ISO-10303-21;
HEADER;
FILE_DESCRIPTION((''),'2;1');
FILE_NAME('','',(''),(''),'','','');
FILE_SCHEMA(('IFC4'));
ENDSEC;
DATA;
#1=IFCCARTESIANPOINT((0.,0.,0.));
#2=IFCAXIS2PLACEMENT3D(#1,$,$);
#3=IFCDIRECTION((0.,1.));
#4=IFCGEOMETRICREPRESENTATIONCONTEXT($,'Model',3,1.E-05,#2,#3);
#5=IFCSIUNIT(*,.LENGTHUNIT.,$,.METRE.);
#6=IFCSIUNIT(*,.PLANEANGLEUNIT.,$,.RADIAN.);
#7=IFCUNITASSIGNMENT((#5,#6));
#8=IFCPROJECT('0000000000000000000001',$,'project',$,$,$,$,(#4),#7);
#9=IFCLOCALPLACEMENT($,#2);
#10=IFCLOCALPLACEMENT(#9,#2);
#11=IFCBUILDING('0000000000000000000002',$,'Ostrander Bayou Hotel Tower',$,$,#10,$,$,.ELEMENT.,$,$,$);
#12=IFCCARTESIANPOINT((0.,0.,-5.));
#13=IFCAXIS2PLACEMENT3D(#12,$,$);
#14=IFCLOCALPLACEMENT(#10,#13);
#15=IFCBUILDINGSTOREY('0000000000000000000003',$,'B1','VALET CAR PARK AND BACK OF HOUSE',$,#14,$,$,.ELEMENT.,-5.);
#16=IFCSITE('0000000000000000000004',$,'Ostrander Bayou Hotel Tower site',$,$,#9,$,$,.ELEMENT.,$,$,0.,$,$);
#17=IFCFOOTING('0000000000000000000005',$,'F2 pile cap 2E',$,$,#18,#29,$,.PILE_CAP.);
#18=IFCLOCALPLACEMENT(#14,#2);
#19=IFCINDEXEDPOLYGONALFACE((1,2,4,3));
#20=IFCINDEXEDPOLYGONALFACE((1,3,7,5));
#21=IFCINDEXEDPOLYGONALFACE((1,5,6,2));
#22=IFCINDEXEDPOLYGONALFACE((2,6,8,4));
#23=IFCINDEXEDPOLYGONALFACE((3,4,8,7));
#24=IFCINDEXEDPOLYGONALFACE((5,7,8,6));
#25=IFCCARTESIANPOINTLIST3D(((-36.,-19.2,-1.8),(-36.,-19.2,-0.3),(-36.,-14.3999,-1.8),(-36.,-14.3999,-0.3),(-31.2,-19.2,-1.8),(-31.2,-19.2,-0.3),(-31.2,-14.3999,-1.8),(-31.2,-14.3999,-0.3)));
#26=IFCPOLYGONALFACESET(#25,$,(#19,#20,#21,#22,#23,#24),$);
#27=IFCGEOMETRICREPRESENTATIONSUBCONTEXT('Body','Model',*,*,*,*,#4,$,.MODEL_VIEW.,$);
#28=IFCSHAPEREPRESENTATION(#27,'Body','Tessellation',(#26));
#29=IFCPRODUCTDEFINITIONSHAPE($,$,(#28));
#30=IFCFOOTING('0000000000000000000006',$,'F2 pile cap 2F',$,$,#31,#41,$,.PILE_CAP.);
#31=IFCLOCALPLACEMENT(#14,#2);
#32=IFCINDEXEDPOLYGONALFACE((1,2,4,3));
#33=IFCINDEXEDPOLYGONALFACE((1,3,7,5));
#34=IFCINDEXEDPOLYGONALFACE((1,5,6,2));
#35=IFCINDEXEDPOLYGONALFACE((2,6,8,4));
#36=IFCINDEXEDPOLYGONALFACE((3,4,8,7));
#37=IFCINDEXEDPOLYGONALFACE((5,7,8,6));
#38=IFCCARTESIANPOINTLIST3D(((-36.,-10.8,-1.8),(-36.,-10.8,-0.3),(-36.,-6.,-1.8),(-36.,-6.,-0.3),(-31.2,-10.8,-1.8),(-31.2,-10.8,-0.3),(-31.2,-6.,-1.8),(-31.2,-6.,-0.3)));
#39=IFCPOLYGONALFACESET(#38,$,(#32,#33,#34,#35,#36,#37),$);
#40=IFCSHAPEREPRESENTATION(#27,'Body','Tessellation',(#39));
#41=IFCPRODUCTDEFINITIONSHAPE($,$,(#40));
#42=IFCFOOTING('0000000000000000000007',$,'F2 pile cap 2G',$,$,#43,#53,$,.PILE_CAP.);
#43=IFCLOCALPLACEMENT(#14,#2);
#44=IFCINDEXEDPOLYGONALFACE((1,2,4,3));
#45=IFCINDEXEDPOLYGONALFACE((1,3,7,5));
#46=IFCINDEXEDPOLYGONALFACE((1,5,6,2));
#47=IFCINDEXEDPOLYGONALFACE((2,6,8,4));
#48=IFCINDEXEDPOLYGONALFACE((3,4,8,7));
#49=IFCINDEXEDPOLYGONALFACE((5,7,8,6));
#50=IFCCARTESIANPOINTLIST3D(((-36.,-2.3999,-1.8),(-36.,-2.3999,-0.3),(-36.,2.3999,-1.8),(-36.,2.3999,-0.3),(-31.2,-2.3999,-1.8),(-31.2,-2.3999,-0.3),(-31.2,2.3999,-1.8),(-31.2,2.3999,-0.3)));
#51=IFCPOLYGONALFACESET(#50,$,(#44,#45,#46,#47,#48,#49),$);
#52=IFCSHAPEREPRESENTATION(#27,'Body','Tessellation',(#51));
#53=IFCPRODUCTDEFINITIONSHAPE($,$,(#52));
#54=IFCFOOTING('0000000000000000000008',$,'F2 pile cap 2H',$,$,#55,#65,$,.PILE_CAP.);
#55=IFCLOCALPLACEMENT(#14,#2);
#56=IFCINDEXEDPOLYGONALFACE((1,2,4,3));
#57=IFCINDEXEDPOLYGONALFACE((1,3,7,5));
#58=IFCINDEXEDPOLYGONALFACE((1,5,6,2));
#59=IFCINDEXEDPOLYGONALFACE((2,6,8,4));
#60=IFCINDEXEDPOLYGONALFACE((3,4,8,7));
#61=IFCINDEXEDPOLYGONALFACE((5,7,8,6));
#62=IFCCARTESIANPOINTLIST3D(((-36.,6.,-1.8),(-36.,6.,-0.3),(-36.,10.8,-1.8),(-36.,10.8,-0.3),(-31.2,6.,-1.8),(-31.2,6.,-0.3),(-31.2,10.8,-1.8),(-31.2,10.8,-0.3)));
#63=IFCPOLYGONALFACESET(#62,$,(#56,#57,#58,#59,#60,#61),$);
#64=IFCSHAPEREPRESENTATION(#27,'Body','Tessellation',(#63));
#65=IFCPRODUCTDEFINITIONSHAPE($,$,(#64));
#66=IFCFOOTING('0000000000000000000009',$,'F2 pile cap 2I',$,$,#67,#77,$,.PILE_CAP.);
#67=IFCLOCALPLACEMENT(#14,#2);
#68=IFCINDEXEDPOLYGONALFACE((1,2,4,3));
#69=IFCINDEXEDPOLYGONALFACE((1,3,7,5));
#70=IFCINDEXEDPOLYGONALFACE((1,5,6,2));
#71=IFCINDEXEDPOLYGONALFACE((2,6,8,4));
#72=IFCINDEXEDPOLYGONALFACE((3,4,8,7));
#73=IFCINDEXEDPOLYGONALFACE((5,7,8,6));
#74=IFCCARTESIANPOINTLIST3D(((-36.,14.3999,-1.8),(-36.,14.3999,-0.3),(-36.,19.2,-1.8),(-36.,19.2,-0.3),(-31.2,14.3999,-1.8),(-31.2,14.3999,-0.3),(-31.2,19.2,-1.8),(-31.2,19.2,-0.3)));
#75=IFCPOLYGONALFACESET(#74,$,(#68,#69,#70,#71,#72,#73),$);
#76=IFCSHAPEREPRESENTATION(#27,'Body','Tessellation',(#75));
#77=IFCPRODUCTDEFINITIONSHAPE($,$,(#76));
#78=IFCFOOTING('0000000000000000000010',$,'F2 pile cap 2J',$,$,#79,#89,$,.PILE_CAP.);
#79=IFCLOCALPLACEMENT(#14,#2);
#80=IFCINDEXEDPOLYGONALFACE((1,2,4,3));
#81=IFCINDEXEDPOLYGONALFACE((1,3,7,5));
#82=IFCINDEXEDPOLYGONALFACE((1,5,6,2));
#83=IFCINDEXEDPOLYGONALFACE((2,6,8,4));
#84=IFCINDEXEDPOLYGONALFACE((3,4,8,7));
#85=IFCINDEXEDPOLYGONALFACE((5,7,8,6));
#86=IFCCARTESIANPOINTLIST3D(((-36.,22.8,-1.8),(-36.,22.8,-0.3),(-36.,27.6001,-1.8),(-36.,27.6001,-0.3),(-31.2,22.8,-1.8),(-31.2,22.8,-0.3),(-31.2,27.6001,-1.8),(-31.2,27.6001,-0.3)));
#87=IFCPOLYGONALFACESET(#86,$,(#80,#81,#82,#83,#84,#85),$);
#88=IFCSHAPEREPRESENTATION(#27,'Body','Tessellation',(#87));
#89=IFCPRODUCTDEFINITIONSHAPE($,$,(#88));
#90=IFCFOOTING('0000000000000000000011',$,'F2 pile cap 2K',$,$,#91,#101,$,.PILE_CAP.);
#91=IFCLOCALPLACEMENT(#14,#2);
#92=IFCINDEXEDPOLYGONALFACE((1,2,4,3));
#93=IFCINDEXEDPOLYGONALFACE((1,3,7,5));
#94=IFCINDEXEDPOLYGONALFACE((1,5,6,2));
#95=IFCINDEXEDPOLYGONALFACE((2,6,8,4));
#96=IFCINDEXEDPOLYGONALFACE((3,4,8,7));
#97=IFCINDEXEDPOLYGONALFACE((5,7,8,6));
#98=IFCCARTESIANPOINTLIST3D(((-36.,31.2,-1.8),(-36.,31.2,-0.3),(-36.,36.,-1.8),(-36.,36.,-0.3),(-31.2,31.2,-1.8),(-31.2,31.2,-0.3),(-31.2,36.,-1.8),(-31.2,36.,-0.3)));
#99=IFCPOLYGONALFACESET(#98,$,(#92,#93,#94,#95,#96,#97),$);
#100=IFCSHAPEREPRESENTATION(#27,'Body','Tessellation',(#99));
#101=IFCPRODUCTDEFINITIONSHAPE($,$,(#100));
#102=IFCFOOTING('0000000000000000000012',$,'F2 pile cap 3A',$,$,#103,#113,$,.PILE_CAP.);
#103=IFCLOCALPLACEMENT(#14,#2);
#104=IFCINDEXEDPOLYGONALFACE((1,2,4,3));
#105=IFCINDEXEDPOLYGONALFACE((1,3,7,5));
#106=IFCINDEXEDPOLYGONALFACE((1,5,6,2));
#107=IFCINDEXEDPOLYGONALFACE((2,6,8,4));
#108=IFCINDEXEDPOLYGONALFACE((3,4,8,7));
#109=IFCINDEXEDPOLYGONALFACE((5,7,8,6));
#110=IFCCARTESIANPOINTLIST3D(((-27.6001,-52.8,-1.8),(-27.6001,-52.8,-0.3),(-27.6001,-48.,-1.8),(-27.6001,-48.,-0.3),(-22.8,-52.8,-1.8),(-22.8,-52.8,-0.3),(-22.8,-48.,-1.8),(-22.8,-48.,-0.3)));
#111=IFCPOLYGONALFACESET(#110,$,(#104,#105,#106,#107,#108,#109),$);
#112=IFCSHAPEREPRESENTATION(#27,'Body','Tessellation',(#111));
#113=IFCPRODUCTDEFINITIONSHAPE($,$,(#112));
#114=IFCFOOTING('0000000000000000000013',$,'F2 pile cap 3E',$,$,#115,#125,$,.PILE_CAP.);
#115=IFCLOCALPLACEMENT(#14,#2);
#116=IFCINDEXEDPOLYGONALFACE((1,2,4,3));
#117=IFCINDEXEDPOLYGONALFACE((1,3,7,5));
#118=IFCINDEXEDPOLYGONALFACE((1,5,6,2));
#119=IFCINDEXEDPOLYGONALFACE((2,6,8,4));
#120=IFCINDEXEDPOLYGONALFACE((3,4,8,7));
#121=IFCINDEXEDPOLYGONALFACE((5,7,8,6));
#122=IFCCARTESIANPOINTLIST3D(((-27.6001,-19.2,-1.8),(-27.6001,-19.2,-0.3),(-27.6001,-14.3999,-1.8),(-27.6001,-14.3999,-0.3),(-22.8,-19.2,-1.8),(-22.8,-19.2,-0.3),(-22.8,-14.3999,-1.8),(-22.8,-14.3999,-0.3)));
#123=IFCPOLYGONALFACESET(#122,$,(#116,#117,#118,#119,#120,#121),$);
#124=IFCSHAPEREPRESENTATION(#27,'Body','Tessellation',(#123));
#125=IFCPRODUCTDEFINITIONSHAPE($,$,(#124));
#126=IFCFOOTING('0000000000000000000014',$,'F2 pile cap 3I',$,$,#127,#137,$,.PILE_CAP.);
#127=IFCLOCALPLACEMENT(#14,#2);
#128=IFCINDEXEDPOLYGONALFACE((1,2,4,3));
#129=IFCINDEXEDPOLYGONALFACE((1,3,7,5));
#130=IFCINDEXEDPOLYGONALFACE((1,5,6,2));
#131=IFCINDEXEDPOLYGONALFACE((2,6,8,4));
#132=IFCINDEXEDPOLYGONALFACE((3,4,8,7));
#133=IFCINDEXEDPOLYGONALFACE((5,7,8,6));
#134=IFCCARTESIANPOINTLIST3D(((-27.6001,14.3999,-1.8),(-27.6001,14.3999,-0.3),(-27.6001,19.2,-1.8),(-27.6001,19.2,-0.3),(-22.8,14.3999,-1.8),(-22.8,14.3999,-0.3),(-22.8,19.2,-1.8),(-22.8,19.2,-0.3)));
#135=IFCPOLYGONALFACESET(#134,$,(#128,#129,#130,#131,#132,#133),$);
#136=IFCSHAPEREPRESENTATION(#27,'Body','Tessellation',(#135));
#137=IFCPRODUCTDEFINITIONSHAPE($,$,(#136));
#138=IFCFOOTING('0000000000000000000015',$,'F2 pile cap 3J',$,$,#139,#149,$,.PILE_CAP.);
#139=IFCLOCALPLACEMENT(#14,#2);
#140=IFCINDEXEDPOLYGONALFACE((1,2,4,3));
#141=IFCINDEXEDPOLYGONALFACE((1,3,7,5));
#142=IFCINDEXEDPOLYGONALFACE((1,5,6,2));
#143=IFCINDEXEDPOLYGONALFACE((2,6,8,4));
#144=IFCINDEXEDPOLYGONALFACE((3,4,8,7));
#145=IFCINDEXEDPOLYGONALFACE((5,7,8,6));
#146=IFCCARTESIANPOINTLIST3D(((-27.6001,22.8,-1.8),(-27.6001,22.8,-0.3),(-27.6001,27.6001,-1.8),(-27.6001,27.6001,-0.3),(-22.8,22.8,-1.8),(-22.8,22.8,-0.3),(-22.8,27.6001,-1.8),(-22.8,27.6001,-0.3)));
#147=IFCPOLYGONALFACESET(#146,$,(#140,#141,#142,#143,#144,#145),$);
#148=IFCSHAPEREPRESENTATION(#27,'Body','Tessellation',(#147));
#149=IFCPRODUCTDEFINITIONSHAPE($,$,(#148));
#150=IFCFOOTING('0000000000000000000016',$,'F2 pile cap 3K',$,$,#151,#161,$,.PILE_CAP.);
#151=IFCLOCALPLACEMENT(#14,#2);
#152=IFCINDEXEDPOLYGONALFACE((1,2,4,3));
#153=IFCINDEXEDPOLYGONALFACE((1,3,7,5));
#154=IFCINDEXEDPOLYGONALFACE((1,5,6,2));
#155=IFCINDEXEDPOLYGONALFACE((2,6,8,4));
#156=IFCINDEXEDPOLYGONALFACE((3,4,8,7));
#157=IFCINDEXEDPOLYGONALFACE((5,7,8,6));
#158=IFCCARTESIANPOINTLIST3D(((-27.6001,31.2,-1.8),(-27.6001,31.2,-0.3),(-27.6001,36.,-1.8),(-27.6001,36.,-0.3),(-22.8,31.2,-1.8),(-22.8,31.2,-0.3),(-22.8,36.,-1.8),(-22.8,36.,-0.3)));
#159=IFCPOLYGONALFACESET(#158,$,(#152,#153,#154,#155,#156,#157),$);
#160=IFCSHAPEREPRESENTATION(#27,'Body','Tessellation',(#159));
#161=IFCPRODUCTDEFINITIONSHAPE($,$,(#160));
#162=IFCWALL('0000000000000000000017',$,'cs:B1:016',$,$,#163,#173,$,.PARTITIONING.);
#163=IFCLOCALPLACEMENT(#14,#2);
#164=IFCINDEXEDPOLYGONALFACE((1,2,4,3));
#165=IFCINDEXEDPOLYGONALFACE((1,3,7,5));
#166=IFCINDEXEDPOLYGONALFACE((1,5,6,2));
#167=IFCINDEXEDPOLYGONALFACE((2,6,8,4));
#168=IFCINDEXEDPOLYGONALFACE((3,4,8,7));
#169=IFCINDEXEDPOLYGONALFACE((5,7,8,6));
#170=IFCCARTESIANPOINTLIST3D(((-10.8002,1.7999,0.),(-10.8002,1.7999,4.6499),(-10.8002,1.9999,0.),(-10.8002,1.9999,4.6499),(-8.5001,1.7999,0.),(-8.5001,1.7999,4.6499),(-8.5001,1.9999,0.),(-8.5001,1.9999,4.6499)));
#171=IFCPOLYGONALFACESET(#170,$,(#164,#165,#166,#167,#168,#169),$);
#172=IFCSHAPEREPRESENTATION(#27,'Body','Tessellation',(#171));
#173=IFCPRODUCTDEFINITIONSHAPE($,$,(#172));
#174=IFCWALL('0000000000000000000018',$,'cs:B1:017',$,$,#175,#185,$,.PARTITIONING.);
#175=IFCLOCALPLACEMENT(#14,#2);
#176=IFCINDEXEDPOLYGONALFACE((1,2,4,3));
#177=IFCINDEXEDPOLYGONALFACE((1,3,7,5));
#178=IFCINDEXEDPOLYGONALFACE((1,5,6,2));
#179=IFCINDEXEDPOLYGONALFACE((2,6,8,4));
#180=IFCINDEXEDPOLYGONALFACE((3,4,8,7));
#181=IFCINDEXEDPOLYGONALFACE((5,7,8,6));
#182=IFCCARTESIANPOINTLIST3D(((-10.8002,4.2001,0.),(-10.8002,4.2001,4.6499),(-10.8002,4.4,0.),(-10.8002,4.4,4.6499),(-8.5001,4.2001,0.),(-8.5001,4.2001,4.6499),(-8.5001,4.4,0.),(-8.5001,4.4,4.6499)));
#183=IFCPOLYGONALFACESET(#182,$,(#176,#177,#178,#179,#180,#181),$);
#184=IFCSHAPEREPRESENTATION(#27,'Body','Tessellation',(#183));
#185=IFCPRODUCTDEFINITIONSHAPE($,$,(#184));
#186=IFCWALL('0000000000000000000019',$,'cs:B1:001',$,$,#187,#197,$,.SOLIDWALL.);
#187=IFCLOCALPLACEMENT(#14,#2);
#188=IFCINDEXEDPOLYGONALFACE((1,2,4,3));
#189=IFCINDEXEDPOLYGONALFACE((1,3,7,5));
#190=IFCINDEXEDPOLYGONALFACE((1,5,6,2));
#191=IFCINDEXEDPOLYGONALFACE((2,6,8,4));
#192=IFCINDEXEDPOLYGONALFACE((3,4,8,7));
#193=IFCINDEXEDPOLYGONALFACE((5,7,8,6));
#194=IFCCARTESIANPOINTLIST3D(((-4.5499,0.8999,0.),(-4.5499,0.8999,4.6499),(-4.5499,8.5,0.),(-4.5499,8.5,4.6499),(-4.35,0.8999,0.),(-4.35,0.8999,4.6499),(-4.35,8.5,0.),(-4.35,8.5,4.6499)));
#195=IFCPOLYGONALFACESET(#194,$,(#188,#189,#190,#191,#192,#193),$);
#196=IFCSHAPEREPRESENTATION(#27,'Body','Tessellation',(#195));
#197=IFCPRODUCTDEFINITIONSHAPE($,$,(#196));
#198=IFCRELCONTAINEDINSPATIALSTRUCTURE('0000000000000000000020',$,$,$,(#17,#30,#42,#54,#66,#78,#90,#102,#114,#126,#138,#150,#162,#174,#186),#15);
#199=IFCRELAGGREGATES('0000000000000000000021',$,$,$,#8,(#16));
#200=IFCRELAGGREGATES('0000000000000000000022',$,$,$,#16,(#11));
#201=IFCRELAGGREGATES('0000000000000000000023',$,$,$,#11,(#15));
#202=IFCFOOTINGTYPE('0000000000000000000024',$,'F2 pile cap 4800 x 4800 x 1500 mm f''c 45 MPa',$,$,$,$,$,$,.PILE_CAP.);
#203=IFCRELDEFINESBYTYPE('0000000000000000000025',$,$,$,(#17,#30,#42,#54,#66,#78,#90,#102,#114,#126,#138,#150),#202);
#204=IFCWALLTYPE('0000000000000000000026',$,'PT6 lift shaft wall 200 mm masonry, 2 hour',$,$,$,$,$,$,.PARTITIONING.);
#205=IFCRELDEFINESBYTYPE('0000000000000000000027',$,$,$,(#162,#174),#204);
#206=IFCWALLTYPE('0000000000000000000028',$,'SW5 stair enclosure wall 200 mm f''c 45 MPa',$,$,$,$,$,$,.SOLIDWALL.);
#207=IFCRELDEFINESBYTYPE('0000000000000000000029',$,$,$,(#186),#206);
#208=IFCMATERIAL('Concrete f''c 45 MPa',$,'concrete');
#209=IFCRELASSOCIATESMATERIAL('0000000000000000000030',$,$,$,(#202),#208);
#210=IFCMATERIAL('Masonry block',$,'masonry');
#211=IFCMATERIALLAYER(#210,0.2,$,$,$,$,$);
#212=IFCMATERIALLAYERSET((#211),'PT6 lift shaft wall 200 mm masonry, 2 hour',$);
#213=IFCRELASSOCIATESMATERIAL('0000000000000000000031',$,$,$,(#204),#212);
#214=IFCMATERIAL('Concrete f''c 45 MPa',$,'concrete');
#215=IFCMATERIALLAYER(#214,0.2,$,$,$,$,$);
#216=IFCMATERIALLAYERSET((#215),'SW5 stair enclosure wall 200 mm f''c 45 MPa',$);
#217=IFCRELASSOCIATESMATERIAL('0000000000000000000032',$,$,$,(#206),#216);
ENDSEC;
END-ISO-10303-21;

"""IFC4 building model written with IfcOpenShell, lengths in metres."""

from ifc_helpers import new_model, si_unit, direction, frame, frame_2d, origin, place, context, subcontext, project, spatial, polyline, rectangle, outline, extrude, material, layer, layer_set, type_object, element, save


model = new_model("IFC4")

# Units and contexts
model_context = context("Model", 3, precision=1e-05, world=origin(), true_north=direction((0.0, 1.0)))
body_context = subcontext(model_context, "Body", "Model", "MODEL_VIEW")
ifc_project = project(units=[si_unit("LENGTHUNIT", "METRE"), si_unit("PLANEANGLEUNIT", "RADIAN")], contexts=[model_context])

# Site, building, storey
site_placement = place(None, origin())
site = spatial("IfcSite", under=ifc_project, at=site_placement, Name="Ostrander Bayou Hotel Tower site", CompositionType="ELEMENT", RefElevation=0.0)
building_placement = place(site_placement, origin())
building = spatial("IfcBuilding", under=site, at=building_placement, Name="Ostrander Bayou Hotel Tower", CompositionType="ELEMENT")
storey_placement = place(building_placement, frame((0.0, 0.0, -5.0)))
storey = spatial("IfcBuildingStorey", under=building, at=storey_placement, Name="B1", Description="VALET CAR PARK AND BACK OF HOUSE", CompositionType="ELEMENT", Elevation=-5.0)

# Footings
ifc_material_1 = material(Name="Concrete f'c 45 MPa", Category="concrete")
footing_type_1 = type_object("IfcFootingType", Name="F2 pile cap 4800 x 4800 x 1500 mm f'c 45 MPa", PredefinedType="PILE_CAP", material=ifc_material_1)
footing_1_placement = place(storey_placement, frame((0.0, 0.0, -1.8)))
element("IfcFooting", 1, at=footing_1_placement, inside=storey, type_object=footing_type_1, Name="F2 pile cap 2E", PredefinedType="PILE_CAP", context=body_context, shape_type="SweptSolid", body=[
    extrude(outline(polyline([(-31.2, -19.2), (-31.2, -14.3999), (-36.0, -14.3999), (-36.0, -19.2), (-31.2, -19.2)])), origin(), (0.0, 0.0, 1.0), 1.5),
])
footing_2_placement = place(storey_placement, frame((0.0, 0.0, -1.8)))
element("IfcFooting", 2, at=footing_2_placement, inside=storey, type_object=footing_type_1, Name="F2 pile cap 2F", PredefinedType="PILE_CAP", context=body_context, shape_type="SweptSolid", body=[
    extrude(outline(polyline([(-31.2, -10.8), (-31.2, -6.0), (-36.0, -6.0), (-36.0, -10.8), (-31.2, -10.8)])), origin(), (0.0, 0.0, 1.0), 1.5),
])
footing_3_placement = place(storey_placement, frame((0.0, 0.0, -1.8)))
element("IfcFooting", 3, at=footing_3_placement, inside=storey, type_object=footing_type_1, Name="F2 pile cap 2G", PredefinedType="PILE_CAP", context=body_context, shape_type="SweptSolid", body=[
    extrude(outline(polyline([(-31.2, -2.3999), (-31.2, 2.3999), (-36.0, 2.3999), (-36.0, -2.3999), (-31.2, -2.3999)])), origin(), (0.0, 0.0, 1.0), 1.5),
])
footing_4_placement = place(storey_placement, frame((0.0, 0.0, -1.8)))
element("IfcFooting", 4, at=footing_4_placement, inside=storey, type_object=footing_type_1, Name="F2 pile cap 2H", PredefinedType="PILE_CAP", context=body_context, shape_type="SweptSolid", body=[
    extrude(outline(polyline([(-31.2, 6.0), (-31.2, 10.8), (-36.0, 10.8), (-36.0, 6.0), (-31.2, 6.0)])), origin(), (0.0, 0.0, 1.0), 1.5),
])
footing_5_placement = place(storey_placement, frame((0.0, 0.0, -1.8)))
element("IfcFooting", 5, at=footing_5_placement, inside=storey, type_object=footing_type_1, Name="F2 pile cap 2I", PredefinedType="PILE_CAP", context=body_context, shape_type="SweptSolid", body=[
    extrude(outline(polyline([(-31.2, 14.3999), (-31.2, 19.2), (-36.0, 19.2), (-36.0, 14.3999), (-31.2, 14.3999)])), origin(), (0.0, 0.0, 1.0), 1.5),
])
footing_6_placement = place(storey_placement, frame((0.0, 0.0, -1.8)))
element("IfcFooting", 6, at=footing_6_placement, inside=storey, type_object=footing_type_1, Name="F2 pile cap 2J", PredefinedType="PILE_CAP", context=body_context, shape_type="SweptSolid", body=[
    extrude(outline(polyline([(-31.2, 22.8), (-31.2, 27.6001), (-36.0, 27.6001), (-36.0, 22.8), (-31.2, 22.8)])), origin(), (0.0, 0.0, 1.0), 1.5),
])
footing_7_placement = place(storey_placement, frame((0.0, 0.0, -1.8)))
element("IfcFooting", 7, at=footing_7_placement, inside=storey, type_object=footing_type_1, Name="F2 pile cap 2K", PredefinedType="PILE_CAP", context=body_context, shape_type="SweptSolid", body=[
    extrude(outline(polyline([(-31.2, 31.2), (-31.2, 36.0), (-36.0, 36.0), (-36.0, 31.2), (-31.2, 31.2)])), origin(), (0.0, 0.0, 1.0), 1.5),
])
footing_8_placement = place(storey_placement, frame((0.0, 0.0, -1.8)))
element("IfcFooting", 8, at=footing_8_placement, inside=storey, type_object=footing_type_1, Name="F2 pile cap 3A", PredefinedType="PILE_CAP", context=body_context, shape_type="SweptSolid", body=[
    extrude(outline(polyline([(-22.8, -52.8), (-22.8, -48.0), (-27.6001, -48.0), (-27.6001, -52.8), (-22.8, -52.8)])), origin(), (0.0, 0.0, 1.0), 1.5),
])
footing_9_placement = place(storey_placement, frame((0.0, 0.0, -1.8)))
element("IfcFooting", 9, at=footing_9_placement, inside=storey, type_object=footing_type_1, Name="F2 pile cap 3E", PredefinedType="PILE_CAP", context=body_context, shape_type="SweptSolid", body=[
    extrude(outline(polyline([(-22.8, -19.2), (-22.8, -14.3999), (-27.6001, -14.3999), (-27.6001, -19.2), (-22.8, -19.2)])), origin(), (0.0, 0.0, 1.0), 1.5),
])
footing_10_placement = place(storey_placement, frame((0.0, 0.0, -1.8)))
element("IfcFooting", 10, at=footing_10_placement, inside=storey, type_object=footing_type_1, Name="F2 pile cap 3I", PredefinedType="PILE_CAP", context=body_context, shape_type="SweptSolid", body=[
    extrude(outline(polyline([(-22.8, 14.3999), (-22.8, 19.2), (-27.6001, 19.2), (-27.6001, 14.3999), (-22.8, 14.3999)])), origin(), (0.0, 0.0, 1.0), 1.5),
])
footing_11_placement = place(storey_placement, frame((0.0, 0.0, -1.8)))
element("IfcFooting", 11, at=footing_11_placement, inside=storey, type_object=footing_type_1, Name="F2 pile cap 3J", PredefinedType="PILE_CAP", context=body_context, shape_type="SweptSolid", body=[
    extrude(outline(polyline([(-22.8, 22.8), (-22.8, 27.6001), (-27.6001, 27.6001), (-27.6001, 22.8), (-22.8, 22.8)])), origin(), (0.0, 0.0, 1.0), 1.5),
])
footing_12_placement = place(storey_placement, frame((0.0, 0.0, -1.8)))
element("IfcFooting", 12, at=footing_12_placement, inside=storey, type_object=footing_type_1, Name="F2 pile cap 3K", PredefinedType="PILE_CAP", context=body_context, shape_type="SweptSolid", body=[
    extrude(outline(polyline([(-22.8, 31.2), (-22.8, 36.0), (-27.6001, 36.0), (-27.6001, 31.2), (-22.8, 31.2)])), origin(), (0.0, 0.0, 1.0), 1.5),
])

# Walls
ifc_material_2 = material(Name="Masonry block", Category="masonry")
ifc_layer_1 = layer(ifc_material_2, 0.2)
ifc_layer_set_1 = layer_set([ifc_layer_1], Name="PT6 lift shaft wall 200 mm masonry, 2 hour")
wall_type_1 = type_object("IfcWallType", Name="PT6 lift shaft wall 200 mm masonry, 2 hour", PredefinedType="PARTITIONING", material=ifc_layer_set_1)
for number, where, z_axis, x_axis, name in (
    (13, (-10.8, 1.8999, 0.0), (0.0, 0.0, 1.0), (1.0, 0.0, 0.0), "cs:B1:016"),
    (14, (-10.8, 4.3, 0.0), (0.0, 0.0, 1.0), (1.0, 0.0, 0.0), "cs:B1:017"),
):
    element("IfcWall", number, at=place(storey_placement, frame(where, z_axis=z_axis, x_axis=x_axis)), inside=storey, type_object=wall_type_1, Name=name, PredefinedType="PARTITIONING", context=body_context, shape_type="SweptSolid", body=[
        extrude(rectangle(XDim=2.3, YDim=0.2, at=frame_2d((1.1499, 0.0))), origin(), (0.0, 0.0, 1.0), 4.6499),
    ])
ifc_material_3 = material(Name="Concrete f'c 45 MPa", Category="concrete")
ifc_layer_2 = layer(ifc_material_3, 0.2)
ifc_layer_set_2 = layer_set([ifc_layer_2], Name="SW5 stair enclosure wall 200 mm f'c 45 MPa")
wall_type_2 = type_object("IfcWallType", Name="SW5 stair enclosure wall 200 mm f'c 45 MPa", PredefinedType="SOLIDWALL", material=ifc_layer_set_2)
wall_1_placement = place(storey_placement, frame((-4.45, 0.8999, 0.0), z_axis=(0.0, 0.0, 1.0), x_axis=(0.0, 1.0, 0.0)))
element("IfcWall", 15, at=wall_1_placement, inside=storey, type_object=wall_type_2, Name="cs:B1:001", PredefinedType="SOLIDWALL", context=body_context, shape_type="SweptSolid", body=[
    extrude(rectangle(XDim=7.6001, YDim=0.2, at=frame_2d((3.8, 0.0))), origin(), (0.0, 0.0, 1.0), 4.6499),
])

save(model, "model.ifc")
